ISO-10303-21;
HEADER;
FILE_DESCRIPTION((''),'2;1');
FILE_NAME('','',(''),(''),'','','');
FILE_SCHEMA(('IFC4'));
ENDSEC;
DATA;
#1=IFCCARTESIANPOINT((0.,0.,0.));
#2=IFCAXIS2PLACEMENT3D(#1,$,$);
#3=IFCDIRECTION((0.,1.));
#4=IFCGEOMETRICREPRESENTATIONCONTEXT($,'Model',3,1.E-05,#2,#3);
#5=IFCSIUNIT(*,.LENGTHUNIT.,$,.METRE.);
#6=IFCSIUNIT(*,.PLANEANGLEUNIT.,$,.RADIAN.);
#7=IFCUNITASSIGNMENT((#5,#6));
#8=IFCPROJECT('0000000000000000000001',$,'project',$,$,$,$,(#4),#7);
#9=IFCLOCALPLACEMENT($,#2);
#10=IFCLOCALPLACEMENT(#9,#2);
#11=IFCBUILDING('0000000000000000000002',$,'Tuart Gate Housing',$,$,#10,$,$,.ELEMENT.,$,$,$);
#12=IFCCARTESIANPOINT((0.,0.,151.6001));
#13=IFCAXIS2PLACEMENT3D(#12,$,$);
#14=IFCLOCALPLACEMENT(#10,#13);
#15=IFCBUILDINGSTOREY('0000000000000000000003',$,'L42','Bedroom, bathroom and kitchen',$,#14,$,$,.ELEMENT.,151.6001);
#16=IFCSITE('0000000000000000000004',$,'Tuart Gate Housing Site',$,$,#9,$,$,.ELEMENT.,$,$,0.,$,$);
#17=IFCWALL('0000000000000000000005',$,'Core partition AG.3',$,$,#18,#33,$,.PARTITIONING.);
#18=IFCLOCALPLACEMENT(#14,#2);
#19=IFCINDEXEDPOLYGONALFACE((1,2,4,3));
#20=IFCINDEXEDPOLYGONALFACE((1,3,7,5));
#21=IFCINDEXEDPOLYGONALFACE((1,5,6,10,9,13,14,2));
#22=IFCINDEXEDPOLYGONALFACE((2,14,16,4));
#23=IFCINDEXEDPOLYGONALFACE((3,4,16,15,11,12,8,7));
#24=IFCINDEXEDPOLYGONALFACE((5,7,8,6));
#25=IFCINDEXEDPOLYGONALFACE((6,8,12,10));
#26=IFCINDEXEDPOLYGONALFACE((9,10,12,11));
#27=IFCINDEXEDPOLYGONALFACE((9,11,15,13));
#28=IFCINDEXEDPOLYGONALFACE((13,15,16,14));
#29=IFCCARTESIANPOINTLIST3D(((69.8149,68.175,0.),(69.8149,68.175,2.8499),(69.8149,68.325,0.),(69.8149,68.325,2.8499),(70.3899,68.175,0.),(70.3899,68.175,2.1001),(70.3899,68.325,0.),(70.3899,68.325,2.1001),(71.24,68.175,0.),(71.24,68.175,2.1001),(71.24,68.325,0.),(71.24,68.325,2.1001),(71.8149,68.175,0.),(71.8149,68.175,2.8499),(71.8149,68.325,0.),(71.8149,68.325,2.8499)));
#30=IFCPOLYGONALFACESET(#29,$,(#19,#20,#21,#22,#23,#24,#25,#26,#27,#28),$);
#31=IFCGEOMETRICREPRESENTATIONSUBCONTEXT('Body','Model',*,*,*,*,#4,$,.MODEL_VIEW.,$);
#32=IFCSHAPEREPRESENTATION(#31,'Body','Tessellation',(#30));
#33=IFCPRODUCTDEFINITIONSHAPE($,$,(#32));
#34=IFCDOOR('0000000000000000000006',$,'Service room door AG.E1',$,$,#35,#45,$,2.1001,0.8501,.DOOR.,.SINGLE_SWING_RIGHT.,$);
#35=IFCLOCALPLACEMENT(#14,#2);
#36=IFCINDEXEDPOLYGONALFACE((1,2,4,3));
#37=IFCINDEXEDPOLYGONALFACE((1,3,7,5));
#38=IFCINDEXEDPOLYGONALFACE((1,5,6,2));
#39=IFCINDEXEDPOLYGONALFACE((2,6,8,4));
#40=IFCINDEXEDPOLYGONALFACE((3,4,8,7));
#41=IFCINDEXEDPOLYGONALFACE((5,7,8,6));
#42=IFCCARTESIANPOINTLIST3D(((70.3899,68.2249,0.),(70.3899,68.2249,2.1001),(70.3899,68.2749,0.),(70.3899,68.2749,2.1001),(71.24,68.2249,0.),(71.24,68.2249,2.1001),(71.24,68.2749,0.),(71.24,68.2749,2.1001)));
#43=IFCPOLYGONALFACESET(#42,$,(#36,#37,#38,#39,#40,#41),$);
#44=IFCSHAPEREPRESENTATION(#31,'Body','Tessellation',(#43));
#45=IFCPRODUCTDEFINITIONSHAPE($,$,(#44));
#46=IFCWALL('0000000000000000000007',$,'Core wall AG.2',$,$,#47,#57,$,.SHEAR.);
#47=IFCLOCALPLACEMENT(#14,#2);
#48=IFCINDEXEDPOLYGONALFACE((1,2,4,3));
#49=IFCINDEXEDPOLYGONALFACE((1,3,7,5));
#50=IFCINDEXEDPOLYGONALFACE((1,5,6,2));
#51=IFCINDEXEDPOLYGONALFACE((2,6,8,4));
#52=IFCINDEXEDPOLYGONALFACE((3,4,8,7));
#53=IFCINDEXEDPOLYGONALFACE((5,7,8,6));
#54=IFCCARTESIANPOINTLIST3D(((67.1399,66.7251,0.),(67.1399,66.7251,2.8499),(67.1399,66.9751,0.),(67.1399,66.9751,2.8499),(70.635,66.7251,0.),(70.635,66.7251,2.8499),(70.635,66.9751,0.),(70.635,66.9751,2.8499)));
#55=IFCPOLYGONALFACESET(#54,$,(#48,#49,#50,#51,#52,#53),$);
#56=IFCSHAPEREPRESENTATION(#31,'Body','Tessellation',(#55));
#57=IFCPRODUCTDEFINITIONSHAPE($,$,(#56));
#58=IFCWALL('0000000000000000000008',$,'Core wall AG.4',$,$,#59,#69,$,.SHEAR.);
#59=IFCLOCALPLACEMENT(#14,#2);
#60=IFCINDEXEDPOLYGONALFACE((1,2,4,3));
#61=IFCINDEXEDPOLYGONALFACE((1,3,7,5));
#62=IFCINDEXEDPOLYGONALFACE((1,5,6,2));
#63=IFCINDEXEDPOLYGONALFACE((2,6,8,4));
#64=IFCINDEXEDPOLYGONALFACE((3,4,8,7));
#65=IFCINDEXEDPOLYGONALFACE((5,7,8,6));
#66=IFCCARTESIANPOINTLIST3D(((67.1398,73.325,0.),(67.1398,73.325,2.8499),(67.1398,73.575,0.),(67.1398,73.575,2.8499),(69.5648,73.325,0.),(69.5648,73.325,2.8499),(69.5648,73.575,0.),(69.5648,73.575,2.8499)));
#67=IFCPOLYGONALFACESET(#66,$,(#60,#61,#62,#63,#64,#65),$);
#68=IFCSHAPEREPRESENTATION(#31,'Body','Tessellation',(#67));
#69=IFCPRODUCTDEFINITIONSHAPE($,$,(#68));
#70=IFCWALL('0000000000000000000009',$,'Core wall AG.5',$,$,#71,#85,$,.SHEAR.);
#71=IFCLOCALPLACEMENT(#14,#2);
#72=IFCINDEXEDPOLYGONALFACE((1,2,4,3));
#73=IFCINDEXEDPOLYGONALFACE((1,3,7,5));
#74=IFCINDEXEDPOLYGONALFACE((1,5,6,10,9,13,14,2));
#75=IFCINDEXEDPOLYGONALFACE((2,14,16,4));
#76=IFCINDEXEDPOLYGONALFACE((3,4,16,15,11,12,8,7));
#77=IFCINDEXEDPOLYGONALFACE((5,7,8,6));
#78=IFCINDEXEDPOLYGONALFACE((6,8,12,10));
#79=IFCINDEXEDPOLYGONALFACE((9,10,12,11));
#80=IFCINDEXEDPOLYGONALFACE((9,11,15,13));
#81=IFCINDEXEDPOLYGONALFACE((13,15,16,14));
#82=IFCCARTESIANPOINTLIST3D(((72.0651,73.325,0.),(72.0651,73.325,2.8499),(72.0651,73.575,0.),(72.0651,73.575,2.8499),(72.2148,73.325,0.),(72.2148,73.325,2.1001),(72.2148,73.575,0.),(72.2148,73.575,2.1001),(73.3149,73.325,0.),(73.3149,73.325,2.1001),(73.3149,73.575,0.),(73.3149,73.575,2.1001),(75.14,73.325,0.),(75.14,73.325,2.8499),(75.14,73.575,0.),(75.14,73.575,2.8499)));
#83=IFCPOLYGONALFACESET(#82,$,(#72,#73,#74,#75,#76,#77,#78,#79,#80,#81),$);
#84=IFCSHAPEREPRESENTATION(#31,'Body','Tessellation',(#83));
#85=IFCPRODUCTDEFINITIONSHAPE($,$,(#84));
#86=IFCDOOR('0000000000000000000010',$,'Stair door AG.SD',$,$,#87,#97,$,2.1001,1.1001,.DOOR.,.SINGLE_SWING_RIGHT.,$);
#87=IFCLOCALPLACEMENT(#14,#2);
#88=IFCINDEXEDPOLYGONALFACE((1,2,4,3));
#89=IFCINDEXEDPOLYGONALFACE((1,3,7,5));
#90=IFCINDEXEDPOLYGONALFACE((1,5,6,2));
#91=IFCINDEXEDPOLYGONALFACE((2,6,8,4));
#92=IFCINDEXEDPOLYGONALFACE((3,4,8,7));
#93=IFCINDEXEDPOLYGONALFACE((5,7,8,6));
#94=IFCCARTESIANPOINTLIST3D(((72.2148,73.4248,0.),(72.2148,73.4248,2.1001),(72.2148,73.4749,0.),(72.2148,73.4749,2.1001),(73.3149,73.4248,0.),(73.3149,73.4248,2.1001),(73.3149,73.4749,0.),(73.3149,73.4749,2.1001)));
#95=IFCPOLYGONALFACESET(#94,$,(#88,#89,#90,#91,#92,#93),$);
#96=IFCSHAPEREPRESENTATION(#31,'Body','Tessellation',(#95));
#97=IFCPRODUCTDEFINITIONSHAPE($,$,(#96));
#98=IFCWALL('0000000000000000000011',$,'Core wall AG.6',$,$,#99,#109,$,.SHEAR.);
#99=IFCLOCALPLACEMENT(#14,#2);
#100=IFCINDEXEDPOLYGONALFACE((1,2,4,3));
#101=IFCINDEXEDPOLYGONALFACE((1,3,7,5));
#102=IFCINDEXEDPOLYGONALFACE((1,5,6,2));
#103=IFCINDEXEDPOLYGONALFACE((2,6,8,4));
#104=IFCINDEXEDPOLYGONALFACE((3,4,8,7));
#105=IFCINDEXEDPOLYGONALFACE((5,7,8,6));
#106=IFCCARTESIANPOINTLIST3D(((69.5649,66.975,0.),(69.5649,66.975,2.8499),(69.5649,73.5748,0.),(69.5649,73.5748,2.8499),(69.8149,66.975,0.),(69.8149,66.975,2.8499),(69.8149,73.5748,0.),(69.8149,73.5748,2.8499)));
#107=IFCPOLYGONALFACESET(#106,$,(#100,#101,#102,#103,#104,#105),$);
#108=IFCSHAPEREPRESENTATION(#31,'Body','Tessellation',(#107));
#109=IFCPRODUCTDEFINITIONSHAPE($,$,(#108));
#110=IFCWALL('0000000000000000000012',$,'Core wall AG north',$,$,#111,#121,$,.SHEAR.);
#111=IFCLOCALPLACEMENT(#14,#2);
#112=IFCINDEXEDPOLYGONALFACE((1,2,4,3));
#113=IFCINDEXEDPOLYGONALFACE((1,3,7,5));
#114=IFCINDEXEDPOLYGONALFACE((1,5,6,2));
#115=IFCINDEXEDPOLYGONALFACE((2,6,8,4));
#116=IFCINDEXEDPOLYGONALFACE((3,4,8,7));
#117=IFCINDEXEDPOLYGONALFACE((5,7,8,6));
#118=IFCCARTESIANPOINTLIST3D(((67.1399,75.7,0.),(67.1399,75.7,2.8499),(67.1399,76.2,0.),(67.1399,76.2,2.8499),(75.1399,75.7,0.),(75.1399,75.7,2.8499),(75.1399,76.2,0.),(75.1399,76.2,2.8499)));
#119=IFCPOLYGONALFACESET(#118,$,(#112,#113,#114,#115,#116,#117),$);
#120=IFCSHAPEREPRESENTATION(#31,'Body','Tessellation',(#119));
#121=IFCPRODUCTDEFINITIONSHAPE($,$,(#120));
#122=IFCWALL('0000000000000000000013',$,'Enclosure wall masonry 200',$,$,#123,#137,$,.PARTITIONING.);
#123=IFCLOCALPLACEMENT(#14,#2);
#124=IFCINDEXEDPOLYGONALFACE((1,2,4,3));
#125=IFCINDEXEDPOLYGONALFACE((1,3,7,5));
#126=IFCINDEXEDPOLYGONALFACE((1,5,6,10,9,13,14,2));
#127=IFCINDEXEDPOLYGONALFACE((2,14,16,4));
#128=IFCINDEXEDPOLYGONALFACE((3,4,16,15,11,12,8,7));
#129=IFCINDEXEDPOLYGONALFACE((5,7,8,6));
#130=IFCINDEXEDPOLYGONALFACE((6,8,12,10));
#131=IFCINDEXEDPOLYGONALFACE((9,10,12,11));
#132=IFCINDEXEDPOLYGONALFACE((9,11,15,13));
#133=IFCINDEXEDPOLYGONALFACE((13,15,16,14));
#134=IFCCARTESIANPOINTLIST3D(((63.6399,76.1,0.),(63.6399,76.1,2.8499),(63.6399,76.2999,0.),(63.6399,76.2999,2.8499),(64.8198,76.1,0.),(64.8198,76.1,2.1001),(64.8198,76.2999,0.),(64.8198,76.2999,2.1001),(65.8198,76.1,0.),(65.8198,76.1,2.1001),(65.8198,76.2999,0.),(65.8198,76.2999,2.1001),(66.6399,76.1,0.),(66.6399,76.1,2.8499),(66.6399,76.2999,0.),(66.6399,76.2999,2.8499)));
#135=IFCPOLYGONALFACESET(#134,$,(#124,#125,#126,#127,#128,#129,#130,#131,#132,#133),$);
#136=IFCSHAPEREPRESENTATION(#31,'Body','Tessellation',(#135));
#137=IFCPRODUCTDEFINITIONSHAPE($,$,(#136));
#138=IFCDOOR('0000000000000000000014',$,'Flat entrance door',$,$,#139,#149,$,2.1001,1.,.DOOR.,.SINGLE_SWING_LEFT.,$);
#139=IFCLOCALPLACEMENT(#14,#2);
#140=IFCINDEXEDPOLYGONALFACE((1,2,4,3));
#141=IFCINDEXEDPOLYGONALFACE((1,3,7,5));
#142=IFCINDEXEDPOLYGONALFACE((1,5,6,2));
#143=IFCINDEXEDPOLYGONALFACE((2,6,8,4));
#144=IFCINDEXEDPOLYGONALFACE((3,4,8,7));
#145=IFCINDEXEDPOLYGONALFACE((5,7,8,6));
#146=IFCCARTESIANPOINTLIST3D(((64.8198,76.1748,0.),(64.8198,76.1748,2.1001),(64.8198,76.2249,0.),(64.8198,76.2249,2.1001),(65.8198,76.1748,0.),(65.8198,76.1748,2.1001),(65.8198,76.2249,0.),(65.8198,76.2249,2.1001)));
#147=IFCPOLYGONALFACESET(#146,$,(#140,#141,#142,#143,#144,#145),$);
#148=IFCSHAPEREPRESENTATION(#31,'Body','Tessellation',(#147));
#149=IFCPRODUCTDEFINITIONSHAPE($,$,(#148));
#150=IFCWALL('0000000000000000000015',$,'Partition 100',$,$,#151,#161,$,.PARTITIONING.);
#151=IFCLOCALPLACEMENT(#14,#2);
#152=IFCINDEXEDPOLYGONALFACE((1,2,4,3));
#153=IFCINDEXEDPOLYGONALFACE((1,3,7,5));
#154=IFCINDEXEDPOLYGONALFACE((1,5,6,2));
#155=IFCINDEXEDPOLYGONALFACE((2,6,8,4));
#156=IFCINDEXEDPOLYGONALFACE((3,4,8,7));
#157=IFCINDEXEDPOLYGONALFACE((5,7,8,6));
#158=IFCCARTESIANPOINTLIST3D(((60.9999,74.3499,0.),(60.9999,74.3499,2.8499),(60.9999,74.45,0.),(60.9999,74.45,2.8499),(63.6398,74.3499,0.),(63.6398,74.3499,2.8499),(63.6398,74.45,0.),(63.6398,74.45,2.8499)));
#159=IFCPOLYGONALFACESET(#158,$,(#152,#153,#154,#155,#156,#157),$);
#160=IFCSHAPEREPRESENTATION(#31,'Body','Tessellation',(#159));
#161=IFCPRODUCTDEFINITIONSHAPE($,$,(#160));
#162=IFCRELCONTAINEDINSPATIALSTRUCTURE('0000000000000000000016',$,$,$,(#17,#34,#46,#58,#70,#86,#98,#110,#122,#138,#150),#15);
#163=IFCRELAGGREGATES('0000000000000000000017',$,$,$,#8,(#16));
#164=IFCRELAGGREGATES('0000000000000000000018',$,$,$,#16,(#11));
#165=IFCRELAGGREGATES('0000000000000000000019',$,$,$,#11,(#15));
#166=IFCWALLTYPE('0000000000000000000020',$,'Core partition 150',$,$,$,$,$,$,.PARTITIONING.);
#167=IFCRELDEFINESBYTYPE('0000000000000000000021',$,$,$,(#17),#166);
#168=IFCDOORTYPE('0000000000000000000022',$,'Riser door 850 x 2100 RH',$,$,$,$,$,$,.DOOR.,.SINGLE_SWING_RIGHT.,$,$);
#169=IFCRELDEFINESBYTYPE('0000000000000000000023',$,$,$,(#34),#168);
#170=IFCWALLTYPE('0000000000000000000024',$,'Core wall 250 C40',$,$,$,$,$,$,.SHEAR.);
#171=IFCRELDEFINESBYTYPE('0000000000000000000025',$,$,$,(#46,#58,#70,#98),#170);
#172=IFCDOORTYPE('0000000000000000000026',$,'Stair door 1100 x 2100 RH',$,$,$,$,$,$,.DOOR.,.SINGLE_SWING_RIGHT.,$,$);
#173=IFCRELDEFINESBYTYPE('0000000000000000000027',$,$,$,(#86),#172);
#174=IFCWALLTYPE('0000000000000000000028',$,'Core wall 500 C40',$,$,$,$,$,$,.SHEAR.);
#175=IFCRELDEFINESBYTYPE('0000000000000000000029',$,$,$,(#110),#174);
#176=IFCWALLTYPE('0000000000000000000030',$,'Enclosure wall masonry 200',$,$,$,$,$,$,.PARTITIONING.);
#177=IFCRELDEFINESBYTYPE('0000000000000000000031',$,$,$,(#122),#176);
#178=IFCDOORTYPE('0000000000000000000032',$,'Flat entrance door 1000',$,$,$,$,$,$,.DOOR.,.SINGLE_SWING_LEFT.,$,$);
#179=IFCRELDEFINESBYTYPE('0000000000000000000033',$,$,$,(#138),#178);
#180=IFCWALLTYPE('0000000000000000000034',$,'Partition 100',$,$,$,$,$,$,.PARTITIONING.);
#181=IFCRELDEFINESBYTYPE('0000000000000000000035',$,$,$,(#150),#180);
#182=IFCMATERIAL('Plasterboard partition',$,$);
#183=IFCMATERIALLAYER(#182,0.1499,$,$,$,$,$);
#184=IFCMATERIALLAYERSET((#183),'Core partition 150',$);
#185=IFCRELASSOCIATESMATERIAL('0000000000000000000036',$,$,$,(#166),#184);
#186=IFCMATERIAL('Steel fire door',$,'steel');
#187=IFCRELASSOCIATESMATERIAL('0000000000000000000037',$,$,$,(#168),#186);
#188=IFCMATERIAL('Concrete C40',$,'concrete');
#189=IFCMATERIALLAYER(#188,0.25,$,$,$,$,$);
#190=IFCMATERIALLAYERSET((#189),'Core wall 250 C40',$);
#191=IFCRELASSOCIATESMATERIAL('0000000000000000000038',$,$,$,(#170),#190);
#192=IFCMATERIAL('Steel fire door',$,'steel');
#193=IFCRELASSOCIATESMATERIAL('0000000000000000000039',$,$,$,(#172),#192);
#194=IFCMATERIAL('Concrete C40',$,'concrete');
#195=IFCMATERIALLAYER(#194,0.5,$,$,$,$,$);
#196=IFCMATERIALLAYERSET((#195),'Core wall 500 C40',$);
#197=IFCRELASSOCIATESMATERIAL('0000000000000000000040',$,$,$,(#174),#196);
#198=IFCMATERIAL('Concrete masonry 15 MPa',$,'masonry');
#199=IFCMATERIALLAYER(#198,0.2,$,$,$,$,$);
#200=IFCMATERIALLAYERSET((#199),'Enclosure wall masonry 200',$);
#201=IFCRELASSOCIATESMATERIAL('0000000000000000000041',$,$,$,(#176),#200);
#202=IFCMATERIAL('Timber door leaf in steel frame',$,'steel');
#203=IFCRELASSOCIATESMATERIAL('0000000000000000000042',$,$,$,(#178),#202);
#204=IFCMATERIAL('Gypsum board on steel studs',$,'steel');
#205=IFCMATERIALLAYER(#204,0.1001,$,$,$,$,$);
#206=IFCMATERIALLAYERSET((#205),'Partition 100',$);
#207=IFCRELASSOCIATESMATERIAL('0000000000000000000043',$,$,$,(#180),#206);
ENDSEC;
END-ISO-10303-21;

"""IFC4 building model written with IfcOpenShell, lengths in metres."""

from ifc_helpers import new_model, si_unit, direction, frame, frame_2d, origin, place, context, subcontext, project, spatial, rectangle, extrude, material, layer, layer_set, type_object, element, fill, save


model = new_model("IFC4")

# Units and contexts
model_context = context("Model", 3, precision=1e-05, world=origin(), true_north=direction((0.0, 1.0)))
body_context = subcontext(model_context, "Body", "Model", "MODEL_VIEW")
ifc_project = project(units=[si_unit("LENGTHUNIT", "METRE"), si_unit("PLANEANGLEUNIT", "RADIAN")], contexts=[model_context])

# Site, building, storey
site_placement = place(None, origin())
site = spatial("IfcSite", under=ifc_project, at=site_placement, Name="Tuart Gate Housing Site", CompositionType="ELEMENT", RefElevation=0.0)
building_placement = place(site_placement, origin())
building = spatial("IfcBuilding", under=site, at=building_placement, Name="Tuart Gate Housing", CompositionType="ELEMENT")
storey_placement = place(building_placement, frame((0.0, 0.0, 151.6001)))
storey = spatial("IfcBuildingStorey", under=building, at=storey_placement, Name="L42", Description="Bedroom, bathroom and kitchen", CompositionType="ELEMENT", Elevation=151.6001)

# Wall, opening, door
ifc_material_1 = material(Name="Plasterboard partition")
ifc_layer_1 = layer(ifc_material_1, 0.1499)
ifc_layer_set_1 = layer_set([ifc_layer_1], Name="Core partition 150")
wall_type_1 = type_object("IfcWallType", Name="Core partition 150", PredefinedType="PARTITIONING", material=ifc_layer_set_1)
wall_1_placement = place(storey_placement, frame((69.8149, 68.25, 0.0), z_axis=(0.0, 0.0, 1.0), x_axis=(1.0, 0.0, 0.0)))
wall_1 = element("IfcWall", 1, at=wall_1_placement, inside=storey, type_object=wall_type_1, Name="Core partition AG.3", PredefinedType="PARTITIONING", context=body_context, shape_type="SweptSolid", body=[
    extrude(rectangle(XDim=2.0, YDim=0.1499, at=frame_2d((1.0, 0.0))), origin(), (0.0, 0.0, 1.0), 2.8499),
])
opening_1_placement = place(wall_1_placement, frame((0.575, 0.0, 0.0)))
opening_1 = element("IfcOpeningElement", 2, at=opening_1_placement, cuts=wall_1, PredefinedType="OPENING", context=body_context, shape_type="SweptSolid", body=[
    extrude(rectangle(XDim=0.8501, YDim=2.1001, at=frame_2d((0.425, 1.05))), frame((0.0, 0.085, 0.0), z_axis=(0.0, -1.0, 0.0), x_axis=(1.0, 0.0, 0.0)), (0.0, 0.0, 1.0), 0.1699),
])
ifc_material_2 = material(Name="Steel fire door", Category="steel")
door_type_1 = type_object("IfcDoorType", Name="Riser door 850 x 2100 RH", OperationType="SINGLE_SWING_RIGHT", PredefinedType="DOOR", material=ifc_material_2)
door_1_placement = place(opening_1_placement, frame((0.8501, 0.0, 0.0), z_axis=(0.0, 0.0, 1.0), x_axis=(-1.0, 0.0, 0.0)))
door_1 = element("IfcDoor", 3, at=door_1_placement, inside=storey, type_object=door_type_1, Name="Service room door AG.E1", OperationType="SINGLE_SWING_RIGHT", OverallHeight=2.1001, OverallWidth=0.8501, PredefinedType="DOOR", context=body_context, shape_type="SweptSolid", body=[
    extrude(rectangle(XDim=0.8501, YDim=2.1001, at=frame_2d((0.425, 1.05))), frame((0.0, 0.0251, 0.0), z_axis=(0.0, -1.0, 0.0), x_axis=(1.0, 0.0, 0.0)), (0.0, 0.0, 1.0), 0.05),
])
fill(opening_1, door_1)

# Walls
ifc_material_3 = material(Name="Concrete C40", Category="concrete")
ifc_layer_2 = layer(ifc_material_3, 0.25)
ifc_layer_set_2 = layer_set([ifc_layer_2], Name="Core wall 250 C40")
wall_type_2 = type_object("IfcWallType", Name="Core wall 250 C40", PredefinedType="SHEAR", material=ifc_layer_set_2)
wall_2_placement = place(storey_placement, frame((67.1399, 66.8501, 0.0), z_axis=(0.0, 0.0, 1.0), x_axis=(1.0, 0.0, 0.0)))
element("IfcWall", 4, at=wall_2_placement, inside=storey, type_object=wall_type_2, Name="Core wall AG.2", PredefinedType="SHEAR", context=body_context, shape_type="SweptSolid", body=[
    extrude(rectangle(XDim=3.4951, YDim=0.25, at=frame_2d((1.7476, 0.0))), origin(), (0.0, 0.0, 1.0), 2.8499),
])
wall_3_placement = place(storey_placement, frame((67.1399, 73.45, 0.0), z_axis=(0.0, 0.0, 1.0), x_axis=(1.0, 0.0, 0.0)))
element("IfcWall", 5, at=wall_3_placement, inside=storey, type_object=wall_type_2, Name="Core wall AG.4", PredefinedType="SHEAR", context=body_context, shape_type="SweptSolid", body=[
    extrude(rectangle(XDim=2.425, YDim=0.25, at=frame_2d((1.2124, 0.0))), origin(), (0.0, 0.0, 1.0), 2.8499),
])

# Wall, opening, door
wall_4_placement = place(storey_placement, frame((72.0649, 73.45, 0.0), z_axis=(0.0, 0.0, 1.0), x_axis=(1.0, 0.0, 0.0)))
wall_4 = element("IfcWall", 6, at=wall_4_placement, inside=storey, type_object=wall_type_2, Name="Core wall AG.5", PredefinedType="SHEAR", context=body_context, shape_type="SweptSolid", body=[
    extrude(rectangle(XDim=3.075, YDim=0.25, at=frame_2d((1.5376, 0.0))), origin(), (0.0, 0.0, 1.0), 2.8499),
])
opening_2_placement = place(wall_4_placement, frame((0.1499, 0.0, 0.0)))
opening_2 = element("IfcOpeningElement", 7, at=opening_2_placement, cuts=wall_4, PredefinedType="OPENING", context=body_context, shape_type="SweptSolid", body=[
    extrude(rectangle(XDim=1.1001, YDim=2.1001, at=frame_2d((0.55, 1.05))), frame((0.0, 0.135, 0.0), z_axis=(0.0, -1.0, 0.0), x_axis=(1.0, 0.0, 0.0)), (0.0, 0.0, 1.0), 0.27),
])
ifc_material_4 = material(Name="Steel fire door", Category="steel")
door_type_2 = type_object("IfcDoorType", Name="Stair door 1100 x 2100 RH", OperationType="SINGLE_SWING_RIGHT", PredefinedType="DOOR", material=ifc_material_4)
door_2_placement = place(opening_2_placement, frame((1.1001, 0.0, 0.0), z_axis=(0.0, 0.0, 1.0), x_axis=(-1.0, 0.0, 0.0)))
door_2 = element("IfcDoor", 8, at=door_2_placement, inside=storey, type_object=door_type_2, Name="Stair door AG.SD", OperationType="SINGLE_SWING_RIGHT", OverallHeight=2.1001, OverallWidth=1.1001, PredefinedType="DOOR", context=body_context, shape_type="SweptSolid", body=[
    extrude(rectangle(XDim=1.1001, YDim=2.1001, at=frame_2d((0.55, 1.05))), frame((0.0, 0.0251, 0.0), z_axis=(0.0, -1.0, 0.0), x_axis=(1.0, 0.0, 0.0)), (0.0, 0.0, 1.0), 0.05),
])
fill(opening_2, door_2)

# Walls
wall_5_placement = place(storey_placement, frame((69.6899, 66.9751, 0.0), z_axis=(0.0, 0.0, 1.0), x_axis=(0.0, 1.0, 0.0)))
element("IfcWall", 9, at=wall_5_placement, inside=storey, type_object=wall_type_2, Name="Core wall AG.6", PredefinedType="SHEAR", context=body_context, shape_type="SweptSolid", body=[
    extrude(rectangle(XDim=6.5999, YDim=0.25, at=frame_2d((3.2998, 0.0))), origin(), (0.0, 0.0, 1.0), 2.8499),
])
ifc_material_5 = material(Name="Concrete C40", Category="concrete")
ifc_layer_3 = layer(ifc_material_5, 0.5)
ifc_layer_set_3 = layer_set([ifc_layer_3], Name="Core wall 500 C40")
wall_type_3 = type_object("IfcWallType", Name="Core wall 500 C40", PredefinedType="SHEAR", material=ifc_layer_set_3)
wall_6_placement = place(storey_placement, frame((67.1399, 75.95, 0.0), z_axis=(0.0, 0.0, 1.0), x_axis=(1.0, 0.0, 0.0)))
element("IfcWall", 10, at=wall_6_placement, inside=storey, type_object=wall_type_3, Name="Core wall AG north", PredefinedType="SHEAR", context=body_context, shape_type="SweptSolid", body=[
    extrude(rectangle(XDim=8.0, YDim=0.5, at=frame_2d((4.0, 0.0))), origin(), (0.0, 0.0, 1.0), 2.8499),
])

# Wall, opening, door
ifc_material_6 = material(Name="Concrete masonry 15 MPa", Category="masonry")
ifc_layer_4 = layer(ifc_material_6, 0.2)
ifc_layer_set_4 = layer_set([ifc_layer_4], Name="Enclosure wall masonry 200")
wall_type_4 = type_object("IfcWallType", Name="Enclosure wall masonry 200", PredefinedType="PARTITIONING", material=ifc_layer_set_4)
wall_7_placement = place(storey_placement, frame((63.6399, 76.2, 0.0), z_axis=(0.0, 0.0, 1.0), x_axis=(1.0, 0.0, 0.0)))
wall_7 = element("IfcWall", 11, at=wall_7_placement, inside=storey, type_object=wall_type_4, Name="Enclosure wall masonry 200", PredefinedType="PARTITIONING", context=body_context, shape_type="SweptSolid", body=[
    extrude(rectangle(XDim=3.0, YDim=0.2, at=frame_2d((1.5, 0.0))), origin(), (0.0, 0.0, 1.0), 2.8499),
])
opening_3_placement = place(wall_7_placement, frame((1.1799, 0.0, 0.0)))
opening_3 = element("IfcOpeningElement", 12, at=opening_3_placement, cuts=wall_7, PredefinedType="OPENING", context=body_context, shape_type="SweptSolid", body=[
    extrude(rectangle(XDim=1.0, YDim=2.1001, at=frame_2d((0.5, 1.05))), frame((0.0, 0.1099, 0.0), z_axis=(0.0, -1.0, 0.0), x_axis=(1.0, 0.0, 0.0)), (0.0, 0.0, 1.0), 0.22),
])
ifc_material_7 = material(Name="Timber door leaf in steel frame", Category="steel")
door_type_3 = type_object("IfcDoorType", Name="Flat entrance door 1000", OperationType="SINGLE_SWING_LEFT", PredefinedType="DOOR", material=ifc_material_7)
door_3_placement = place(opening_3_placement, origin())
door_3 = element("IfcDoor", 13, at=door_3_placement, inside=storey, type_object=door_type_3, Name="Flat entrance door", OperationType="SINGLE_SWING_LEFT", OverallHeight=2.1001, OverallWidth=1.0, PredefinedType="DOOR", context=body_context, shape_type="SweptSolid", body=[
    extrude(rectangle(XDim=1.0, YDim=2.1001, at=frame_2d((0.5, 1.05))), frame((0.0, 0.0249, 0.0), z_axis=(0.0, -1.0, 0.0), x_axis=(1.0, 0.0, 0.0)), (0.0, 0.0, 1.0), 0.05),
])
fill(opening_3, door_3)

# Wall
ifc_material_8 = material(Name="Gypsum board on steel studs", Category="steel")
ifc_layer_5 = layer(ifc_material_8, 0.1001)
ifc_layer_set_5 = layer_set([ifc_layer_5], Name="Partition 100")
wall_type_5 = type_object("IfcWallType", Name="Partition 100", PredefinedType="PARTITIONING", material=ifc_layer_set_5)
wall_8_placement = place(storey_placement, frame((61.0, 74.3999, 0.0), z_axis=(0.0, 0.0, 1.0), x_axis=(1.0, 0.0, 0.0)))
element("IfcWall", 14, at=wall_8_placement, inside=storey, type_object=wall_type_5, Name="Partition 100", PredefinedType="PARTITIONING", context=body_context, shape_type="SweptSolid", body=[
    extrude(rectangle(XDim=2.6399, YDim=0.1001, at=frame_2d((1.3198, 0.0))), origin(), (0.0, 0.0, 1.0), 2.8499),
])

save(model, "model.ifc")
